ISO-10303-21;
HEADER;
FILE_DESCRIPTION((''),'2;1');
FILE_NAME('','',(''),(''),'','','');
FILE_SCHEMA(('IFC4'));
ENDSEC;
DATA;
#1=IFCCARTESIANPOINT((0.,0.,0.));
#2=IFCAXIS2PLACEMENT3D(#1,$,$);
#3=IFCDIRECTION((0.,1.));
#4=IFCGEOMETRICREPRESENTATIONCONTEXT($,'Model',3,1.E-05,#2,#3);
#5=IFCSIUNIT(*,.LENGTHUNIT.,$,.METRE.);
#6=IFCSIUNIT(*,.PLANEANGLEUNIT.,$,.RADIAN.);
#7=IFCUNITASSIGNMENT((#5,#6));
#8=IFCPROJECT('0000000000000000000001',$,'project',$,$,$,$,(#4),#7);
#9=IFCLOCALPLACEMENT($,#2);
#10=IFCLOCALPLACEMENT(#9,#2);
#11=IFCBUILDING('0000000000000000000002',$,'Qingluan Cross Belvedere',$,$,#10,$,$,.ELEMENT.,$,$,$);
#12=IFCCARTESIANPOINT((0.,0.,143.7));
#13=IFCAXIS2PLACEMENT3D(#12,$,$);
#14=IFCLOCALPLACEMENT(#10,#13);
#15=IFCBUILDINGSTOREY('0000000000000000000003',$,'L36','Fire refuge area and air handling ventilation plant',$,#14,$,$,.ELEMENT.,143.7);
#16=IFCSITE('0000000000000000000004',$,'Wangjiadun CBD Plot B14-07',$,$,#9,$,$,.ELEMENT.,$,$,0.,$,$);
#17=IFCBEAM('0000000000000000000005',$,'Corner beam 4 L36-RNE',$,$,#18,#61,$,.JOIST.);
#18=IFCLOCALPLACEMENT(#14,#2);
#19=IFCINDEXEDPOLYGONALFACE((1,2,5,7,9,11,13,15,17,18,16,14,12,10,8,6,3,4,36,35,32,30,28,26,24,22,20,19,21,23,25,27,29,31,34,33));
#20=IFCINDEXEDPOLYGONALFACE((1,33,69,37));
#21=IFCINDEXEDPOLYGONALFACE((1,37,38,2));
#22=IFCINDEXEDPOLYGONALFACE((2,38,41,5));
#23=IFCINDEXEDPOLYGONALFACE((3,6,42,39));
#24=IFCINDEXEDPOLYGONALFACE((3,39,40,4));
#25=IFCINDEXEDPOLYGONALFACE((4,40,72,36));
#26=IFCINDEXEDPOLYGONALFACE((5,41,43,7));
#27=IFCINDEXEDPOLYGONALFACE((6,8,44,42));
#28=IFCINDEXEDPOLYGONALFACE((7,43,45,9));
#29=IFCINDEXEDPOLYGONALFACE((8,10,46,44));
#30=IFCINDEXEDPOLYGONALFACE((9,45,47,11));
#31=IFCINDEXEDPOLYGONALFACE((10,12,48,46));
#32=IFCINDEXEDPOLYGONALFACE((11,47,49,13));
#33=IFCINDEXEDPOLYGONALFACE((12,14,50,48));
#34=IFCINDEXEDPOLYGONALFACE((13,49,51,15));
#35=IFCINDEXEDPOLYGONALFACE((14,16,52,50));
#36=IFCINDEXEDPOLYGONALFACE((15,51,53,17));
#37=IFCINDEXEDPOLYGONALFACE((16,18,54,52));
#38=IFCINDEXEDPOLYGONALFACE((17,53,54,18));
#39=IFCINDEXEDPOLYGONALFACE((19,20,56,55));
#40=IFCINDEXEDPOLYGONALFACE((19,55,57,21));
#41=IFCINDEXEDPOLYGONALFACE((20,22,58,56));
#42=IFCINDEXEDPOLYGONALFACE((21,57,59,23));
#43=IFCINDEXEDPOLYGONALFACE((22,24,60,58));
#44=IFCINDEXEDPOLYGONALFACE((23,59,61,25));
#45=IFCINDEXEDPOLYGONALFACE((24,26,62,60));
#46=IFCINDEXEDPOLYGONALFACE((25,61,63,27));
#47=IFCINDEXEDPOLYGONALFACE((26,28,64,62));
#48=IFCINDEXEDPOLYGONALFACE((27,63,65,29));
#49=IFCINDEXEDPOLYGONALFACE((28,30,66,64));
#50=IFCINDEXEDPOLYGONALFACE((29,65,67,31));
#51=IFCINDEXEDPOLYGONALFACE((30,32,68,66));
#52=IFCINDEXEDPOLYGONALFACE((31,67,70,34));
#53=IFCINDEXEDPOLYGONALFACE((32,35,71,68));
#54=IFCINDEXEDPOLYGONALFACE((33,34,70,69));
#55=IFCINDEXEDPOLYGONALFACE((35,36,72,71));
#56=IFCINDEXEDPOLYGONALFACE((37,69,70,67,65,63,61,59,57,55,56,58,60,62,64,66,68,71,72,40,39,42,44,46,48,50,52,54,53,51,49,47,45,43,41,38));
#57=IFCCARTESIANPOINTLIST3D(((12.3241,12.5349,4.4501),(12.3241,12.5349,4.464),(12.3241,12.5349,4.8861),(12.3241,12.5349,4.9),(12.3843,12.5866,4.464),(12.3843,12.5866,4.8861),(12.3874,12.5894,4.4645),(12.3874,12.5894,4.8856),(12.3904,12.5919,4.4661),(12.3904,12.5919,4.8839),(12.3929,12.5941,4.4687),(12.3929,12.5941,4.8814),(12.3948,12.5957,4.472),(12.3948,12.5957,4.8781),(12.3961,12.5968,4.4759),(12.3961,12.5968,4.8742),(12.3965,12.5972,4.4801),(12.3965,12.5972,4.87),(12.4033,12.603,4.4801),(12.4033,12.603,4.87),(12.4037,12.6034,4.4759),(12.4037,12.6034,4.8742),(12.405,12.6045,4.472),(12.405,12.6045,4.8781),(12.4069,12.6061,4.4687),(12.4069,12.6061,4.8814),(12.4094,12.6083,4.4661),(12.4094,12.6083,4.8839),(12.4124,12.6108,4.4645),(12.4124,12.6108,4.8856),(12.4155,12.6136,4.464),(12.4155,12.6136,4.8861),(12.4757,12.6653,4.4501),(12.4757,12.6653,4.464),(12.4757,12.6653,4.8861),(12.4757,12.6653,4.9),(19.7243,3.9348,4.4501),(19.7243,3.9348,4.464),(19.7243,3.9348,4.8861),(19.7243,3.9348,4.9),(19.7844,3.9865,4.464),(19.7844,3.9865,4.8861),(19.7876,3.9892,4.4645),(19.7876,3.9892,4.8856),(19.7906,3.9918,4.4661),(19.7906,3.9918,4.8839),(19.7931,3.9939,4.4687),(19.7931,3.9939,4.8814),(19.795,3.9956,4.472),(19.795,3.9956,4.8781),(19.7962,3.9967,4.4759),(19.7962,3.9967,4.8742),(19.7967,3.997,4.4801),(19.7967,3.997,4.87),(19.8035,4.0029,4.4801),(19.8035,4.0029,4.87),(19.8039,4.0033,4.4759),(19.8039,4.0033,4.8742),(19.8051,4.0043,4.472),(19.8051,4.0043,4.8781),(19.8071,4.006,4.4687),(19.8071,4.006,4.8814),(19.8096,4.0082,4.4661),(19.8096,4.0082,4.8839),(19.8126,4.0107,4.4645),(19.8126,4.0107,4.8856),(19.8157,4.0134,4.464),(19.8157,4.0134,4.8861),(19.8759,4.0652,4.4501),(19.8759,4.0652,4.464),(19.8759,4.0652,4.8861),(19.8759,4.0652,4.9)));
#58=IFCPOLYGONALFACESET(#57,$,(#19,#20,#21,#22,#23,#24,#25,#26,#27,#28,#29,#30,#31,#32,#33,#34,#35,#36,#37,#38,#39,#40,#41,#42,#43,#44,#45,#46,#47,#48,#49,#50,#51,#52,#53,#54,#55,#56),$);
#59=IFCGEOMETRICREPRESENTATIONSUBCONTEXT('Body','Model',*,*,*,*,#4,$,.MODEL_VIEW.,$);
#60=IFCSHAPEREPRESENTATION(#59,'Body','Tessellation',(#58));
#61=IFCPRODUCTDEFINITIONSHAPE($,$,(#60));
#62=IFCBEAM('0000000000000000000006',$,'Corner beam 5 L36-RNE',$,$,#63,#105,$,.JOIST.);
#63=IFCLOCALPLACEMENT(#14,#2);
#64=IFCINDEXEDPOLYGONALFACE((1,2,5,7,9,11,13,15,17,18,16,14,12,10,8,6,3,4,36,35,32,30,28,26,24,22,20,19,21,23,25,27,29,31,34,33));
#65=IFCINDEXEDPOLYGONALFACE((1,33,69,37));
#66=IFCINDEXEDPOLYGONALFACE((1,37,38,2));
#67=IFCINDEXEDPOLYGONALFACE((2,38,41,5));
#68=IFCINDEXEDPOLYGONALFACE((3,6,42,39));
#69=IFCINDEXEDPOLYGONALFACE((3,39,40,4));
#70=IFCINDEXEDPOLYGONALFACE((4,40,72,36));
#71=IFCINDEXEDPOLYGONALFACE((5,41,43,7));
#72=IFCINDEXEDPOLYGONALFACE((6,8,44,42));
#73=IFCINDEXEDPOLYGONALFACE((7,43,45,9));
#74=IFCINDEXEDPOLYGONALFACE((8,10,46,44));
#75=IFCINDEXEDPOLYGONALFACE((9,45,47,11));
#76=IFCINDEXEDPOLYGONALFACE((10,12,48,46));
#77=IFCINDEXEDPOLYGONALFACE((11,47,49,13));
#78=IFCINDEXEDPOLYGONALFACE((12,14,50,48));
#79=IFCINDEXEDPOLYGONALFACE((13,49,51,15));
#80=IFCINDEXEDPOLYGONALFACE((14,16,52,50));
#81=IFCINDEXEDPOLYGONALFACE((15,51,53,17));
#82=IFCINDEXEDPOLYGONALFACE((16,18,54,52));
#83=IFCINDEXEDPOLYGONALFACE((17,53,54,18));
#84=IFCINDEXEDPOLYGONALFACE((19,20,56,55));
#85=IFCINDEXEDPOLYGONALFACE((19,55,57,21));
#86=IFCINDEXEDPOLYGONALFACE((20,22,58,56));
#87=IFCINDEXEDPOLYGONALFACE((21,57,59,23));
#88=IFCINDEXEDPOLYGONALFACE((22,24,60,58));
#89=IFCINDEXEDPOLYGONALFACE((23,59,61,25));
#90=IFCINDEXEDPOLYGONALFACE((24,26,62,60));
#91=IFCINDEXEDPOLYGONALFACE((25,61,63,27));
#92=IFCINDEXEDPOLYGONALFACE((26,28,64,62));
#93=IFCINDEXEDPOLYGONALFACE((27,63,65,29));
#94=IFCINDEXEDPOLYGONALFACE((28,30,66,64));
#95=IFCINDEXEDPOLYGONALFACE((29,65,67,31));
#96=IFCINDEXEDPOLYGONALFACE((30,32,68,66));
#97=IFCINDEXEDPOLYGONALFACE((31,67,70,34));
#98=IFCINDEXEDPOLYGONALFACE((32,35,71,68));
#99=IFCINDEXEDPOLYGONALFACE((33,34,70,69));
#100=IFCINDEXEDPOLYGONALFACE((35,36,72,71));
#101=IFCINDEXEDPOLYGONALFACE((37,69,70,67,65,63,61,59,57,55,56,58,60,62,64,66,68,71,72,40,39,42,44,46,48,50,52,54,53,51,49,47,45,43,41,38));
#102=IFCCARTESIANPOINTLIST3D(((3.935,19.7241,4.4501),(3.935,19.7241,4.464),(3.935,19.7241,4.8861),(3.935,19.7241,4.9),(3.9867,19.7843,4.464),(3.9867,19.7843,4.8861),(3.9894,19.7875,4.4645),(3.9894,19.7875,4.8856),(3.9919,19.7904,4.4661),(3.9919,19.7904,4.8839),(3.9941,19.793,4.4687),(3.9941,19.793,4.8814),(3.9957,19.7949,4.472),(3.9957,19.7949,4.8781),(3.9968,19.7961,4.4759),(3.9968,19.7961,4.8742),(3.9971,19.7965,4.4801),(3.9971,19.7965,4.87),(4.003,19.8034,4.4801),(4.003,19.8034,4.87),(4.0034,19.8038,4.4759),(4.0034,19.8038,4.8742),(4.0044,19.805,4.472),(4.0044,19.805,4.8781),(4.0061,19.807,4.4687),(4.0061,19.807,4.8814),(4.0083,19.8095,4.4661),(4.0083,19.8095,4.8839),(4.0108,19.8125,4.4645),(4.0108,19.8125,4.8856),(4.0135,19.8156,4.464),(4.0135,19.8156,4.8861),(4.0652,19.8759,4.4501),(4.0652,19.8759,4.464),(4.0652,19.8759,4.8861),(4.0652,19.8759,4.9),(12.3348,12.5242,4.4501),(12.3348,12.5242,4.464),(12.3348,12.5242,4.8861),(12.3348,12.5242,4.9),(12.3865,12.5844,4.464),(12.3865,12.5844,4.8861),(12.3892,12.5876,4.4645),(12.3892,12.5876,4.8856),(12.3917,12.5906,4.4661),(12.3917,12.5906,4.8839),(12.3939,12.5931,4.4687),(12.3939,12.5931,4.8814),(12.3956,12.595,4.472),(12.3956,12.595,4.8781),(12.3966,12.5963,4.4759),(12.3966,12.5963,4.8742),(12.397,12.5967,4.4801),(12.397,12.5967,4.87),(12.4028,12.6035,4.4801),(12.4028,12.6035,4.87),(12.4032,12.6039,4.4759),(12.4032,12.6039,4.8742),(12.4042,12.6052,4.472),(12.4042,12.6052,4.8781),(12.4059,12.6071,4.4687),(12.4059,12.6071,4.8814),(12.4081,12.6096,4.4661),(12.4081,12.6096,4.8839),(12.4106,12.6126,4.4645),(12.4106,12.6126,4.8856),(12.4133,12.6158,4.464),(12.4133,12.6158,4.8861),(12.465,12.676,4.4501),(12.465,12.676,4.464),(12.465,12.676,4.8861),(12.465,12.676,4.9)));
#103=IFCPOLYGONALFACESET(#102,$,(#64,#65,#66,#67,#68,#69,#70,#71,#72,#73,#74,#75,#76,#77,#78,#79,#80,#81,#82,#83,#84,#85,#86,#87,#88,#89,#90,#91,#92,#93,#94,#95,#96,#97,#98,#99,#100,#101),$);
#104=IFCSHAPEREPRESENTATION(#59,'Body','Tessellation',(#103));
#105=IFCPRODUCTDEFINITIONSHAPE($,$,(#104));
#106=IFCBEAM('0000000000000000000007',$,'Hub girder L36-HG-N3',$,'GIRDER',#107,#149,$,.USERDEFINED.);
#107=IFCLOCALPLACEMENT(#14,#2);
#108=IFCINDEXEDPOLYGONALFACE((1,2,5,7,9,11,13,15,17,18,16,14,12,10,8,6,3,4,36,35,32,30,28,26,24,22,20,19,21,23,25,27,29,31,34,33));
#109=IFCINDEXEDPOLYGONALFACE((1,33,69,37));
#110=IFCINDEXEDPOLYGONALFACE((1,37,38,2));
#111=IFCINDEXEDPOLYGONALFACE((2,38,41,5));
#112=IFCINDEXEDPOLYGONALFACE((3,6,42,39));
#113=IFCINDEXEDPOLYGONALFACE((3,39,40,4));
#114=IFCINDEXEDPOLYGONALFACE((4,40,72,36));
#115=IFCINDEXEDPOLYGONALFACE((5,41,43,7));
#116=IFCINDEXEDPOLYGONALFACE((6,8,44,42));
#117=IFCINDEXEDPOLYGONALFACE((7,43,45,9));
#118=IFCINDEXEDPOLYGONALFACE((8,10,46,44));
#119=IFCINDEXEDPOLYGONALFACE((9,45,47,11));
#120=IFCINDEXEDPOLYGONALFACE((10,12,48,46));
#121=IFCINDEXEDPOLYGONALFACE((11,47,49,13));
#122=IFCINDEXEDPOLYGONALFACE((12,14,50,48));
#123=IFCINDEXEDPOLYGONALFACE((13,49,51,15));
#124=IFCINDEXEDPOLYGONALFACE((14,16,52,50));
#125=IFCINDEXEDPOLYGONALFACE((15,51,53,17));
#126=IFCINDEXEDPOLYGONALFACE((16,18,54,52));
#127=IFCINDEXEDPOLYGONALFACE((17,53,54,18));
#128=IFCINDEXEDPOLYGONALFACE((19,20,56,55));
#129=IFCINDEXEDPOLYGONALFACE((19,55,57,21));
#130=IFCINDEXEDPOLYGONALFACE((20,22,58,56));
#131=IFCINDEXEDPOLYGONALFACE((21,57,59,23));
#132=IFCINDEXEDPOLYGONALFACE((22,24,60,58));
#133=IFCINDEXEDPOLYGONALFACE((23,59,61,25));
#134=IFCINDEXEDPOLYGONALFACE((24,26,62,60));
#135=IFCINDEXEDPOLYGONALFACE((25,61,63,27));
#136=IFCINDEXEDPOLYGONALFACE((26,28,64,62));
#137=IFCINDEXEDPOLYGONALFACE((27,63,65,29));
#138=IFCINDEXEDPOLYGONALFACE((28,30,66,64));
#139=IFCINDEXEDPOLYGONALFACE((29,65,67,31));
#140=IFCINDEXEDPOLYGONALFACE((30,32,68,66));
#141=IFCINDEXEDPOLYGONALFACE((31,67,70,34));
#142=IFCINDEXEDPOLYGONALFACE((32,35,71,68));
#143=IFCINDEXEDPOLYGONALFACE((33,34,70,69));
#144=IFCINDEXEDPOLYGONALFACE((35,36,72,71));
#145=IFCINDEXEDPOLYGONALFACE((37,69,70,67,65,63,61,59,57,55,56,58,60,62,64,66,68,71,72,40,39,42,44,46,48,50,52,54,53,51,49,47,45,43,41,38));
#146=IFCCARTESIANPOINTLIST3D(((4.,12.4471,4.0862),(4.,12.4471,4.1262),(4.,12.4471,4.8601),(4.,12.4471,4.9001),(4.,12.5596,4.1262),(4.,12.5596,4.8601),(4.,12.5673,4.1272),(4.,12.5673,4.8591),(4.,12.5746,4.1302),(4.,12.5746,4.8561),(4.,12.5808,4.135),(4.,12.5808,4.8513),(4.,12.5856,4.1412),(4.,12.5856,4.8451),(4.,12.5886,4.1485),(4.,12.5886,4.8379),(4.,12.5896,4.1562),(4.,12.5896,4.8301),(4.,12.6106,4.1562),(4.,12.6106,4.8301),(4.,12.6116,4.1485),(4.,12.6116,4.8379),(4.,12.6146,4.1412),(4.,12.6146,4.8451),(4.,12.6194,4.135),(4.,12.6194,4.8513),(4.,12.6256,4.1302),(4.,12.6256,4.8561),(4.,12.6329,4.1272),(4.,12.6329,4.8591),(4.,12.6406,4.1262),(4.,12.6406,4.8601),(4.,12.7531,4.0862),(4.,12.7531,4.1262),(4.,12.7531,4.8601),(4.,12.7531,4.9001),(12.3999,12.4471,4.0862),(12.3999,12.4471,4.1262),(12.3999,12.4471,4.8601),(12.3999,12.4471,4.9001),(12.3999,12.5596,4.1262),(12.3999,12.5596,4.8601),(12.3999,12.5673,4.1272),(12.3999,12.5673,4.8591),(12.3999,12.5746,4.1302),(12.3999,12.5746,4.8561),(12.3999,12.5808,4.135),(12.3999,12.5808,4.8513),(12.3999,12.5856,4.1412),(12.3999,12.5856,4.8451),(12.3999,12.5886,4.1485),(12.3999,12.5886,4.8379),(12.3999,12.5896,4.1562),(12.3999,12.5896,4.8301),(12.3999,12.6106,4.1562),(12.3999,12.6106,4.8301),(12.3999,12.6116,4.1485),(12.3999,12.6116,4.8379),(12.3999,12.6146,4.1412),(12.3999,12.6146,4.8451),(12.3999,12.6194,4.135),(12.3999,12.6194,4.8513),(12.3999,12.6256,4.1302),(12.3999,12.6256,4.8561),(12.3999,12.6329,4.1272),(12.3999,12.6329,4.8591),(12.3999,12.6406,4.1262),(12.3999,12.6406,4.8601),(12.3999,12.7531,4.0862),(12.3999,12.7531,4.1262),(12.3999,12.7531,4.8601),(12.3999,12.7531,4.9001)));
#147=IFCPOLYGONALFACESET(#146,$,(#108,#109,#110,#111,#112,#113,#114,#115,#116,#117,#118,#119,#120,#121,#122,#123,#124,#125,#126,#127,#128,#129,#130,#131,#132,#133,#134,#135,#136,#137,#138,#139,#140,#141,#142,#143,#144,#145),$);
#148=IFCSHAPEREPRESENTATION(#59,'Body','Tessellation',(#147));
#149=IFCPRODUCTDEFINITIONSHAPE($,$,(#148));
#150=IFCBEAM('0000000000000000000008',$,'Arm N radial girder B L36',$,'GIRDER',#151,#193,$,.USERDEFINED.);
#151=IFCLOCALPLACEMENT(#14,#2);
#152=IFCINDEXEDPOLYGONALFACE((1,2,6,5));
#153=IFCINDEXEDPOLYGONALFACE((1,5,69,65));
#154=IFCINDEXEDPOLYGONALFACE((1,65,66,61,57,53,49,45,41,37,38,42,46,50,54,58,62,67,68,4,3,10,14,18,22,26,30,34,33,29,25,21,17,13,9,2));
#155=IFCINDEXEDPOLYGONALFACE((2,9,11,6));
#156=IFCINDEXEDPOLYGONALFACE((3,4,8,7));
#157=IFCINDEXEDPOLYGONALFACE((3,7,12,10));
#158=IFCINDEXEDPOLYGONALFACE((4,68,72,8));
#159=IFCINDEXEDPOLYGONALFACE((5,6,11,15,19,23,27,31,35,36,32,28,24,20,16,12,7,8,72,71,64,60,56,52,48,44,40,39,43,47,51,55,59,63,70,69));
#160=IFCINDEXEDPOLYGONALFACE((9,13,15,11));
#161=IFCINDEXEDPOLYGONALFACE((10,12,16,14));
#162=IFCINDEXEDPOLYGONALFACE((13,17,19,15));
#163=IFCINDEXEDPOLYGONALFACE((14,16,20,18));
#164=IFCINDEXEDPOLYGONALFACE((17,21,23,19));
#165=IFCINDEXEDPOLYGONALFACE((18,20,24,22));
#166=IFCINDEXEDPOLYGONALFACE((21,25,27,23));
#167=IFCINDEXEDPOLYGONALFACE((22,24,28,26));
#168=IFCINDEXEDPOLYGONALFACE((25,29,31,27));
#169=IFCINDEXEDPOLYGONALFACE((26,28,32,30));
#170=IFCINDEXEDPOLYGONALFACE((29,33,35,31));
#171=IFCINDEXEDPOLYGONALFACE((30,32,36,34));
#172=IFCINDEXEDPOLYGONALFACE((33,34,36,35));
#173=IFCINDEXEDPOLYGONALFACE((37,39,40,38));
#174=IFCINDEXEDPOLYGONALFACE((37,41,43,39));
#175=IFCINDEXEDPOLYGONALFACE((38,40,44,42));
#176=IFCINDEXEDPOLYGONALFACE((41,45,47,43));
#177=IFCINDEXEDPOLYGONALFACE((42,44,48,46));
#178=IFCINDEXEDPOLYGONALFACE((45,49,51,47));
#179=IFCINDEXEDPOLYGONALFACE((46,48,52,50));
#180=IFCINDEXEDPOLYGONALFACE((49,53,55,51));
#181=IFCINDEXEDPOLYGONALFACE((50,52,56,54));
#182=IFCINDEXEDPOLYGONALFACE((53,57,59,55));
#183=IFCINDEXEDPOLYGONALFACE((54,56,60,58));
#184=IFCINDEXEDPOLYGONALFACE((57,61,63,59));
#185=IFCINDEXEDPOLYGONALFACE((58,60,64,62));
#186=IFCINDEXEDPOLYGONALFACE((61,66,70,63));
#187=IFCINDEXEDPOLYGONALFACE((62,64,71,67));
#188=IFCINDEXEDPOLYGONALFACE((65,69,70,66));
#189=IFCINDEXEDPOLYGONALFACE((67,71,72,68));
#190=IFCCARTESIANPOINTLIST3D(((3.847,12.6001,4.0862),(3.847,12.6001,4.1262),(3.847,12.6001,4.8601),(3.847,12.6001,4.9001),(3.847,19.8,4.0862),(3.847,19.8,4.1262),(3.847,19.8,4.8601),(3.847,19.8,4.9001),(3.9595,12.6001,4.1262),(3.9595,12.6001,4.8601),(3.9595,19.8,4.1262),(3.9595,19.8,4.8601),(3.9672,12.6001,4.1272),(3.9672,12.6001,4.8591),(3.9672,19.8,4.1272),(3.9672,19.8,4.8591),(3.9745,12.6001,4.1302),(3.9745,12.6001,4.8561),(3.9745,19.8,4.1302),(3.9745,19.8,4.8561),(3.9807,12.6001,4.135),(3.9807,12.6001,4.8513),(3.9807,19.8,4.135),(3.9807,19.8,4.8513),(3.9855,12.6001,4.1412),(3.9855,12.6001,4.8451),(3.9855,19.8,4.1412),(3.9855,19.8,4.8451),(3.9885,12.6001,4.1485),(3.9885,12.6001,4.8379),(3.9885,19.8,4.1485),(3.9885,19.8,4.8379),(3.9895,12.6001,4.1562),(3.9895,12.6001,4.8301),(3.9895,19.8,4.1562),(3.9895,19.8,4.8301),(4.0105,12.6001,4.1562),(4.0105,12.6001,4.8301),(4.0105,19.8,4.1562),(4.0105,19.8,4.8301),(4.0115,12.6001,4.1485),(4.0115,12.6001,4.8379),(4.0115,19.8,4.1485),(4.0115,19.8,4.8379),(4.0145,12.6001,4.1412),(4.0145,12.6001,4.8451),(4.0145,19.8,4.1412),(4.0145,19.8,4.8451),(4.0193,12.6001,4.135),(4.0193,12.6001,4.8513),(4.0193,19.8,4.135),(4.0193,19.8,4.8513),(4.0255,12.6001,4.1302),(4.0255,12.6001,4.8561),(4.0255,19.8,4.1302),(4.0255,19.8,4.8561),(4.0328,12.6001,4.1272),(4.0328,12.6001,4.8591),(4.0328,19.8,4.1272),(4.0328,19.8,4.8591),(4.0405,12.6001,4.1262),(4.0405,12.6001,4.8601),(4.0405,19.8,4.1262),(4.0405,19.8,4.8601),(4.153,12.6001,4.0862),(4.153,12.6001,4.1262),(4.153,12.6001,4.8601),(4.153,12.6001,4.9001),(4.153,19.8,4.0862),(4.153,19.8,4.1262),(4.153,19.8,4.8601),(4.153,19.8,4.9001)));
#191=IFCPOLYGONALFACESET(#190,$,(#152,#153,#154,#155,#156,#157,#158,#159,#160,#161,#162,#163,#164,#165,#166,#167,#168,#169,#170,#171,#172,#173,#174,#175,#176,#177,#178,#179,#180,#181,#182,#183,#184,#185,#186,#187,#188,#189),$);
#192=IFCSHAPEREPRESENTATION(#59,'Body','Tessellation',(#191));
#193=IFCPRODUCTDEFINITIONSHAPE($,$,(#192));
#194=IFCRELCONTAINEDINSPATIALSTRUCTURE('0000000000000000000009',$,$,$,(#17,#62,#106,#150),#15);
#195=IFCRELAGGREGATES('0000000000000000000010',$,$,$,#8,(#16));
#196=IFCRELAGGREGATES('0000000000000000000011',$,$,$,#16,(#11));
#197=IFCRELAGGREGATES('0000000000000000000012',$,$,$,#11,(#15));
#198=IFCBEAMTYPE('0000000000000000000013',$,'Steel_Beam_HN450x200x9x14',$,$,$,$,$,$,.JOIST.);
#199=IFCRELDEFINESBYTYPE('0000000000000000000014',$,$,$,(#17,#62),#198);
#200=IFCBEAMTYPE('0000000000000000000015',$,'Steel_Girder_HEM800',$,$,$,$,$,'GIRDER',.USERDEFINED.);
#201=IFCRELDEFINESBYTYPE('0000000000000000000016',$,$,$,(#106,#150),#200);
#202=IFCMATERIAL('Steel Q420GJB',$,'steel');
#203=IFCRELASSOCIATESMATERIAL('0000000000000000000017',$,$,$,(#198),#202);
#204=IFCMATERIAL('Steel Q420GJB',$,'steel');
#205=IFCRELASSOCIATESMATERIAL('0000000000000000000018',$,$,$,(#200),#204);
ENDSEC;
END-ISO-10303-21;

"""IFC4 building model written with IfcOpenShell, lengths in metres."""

from ifc_helpers import new_model, si_unit, direction, frame, origin, origin_2d, place, context, subcontext, project, spatial, i_section, extrude, material, material_profile, profile_set, type_object, element, save


model = new_model("IFC4")

# Units and contexts
model_context = context("Model", 3, precision=1e-05, world=origin(), true_north=direction((0.0, 1.0)))
body_context = subcontext(model_context, "Body", "Model", "MODEL_VIEW")
ifc_project = project(units=[si_unit("LENGTHUNIT", "METRE"), si_unit("PLANEANGLEUNIT", "RADIAN")], contexts=[model_context])

# Site, building, storey
site_placement = place(None, origin())
site = spatial("IfcSite", under=ifc_project, at=site_placement, Name="Wangjiadun CBD Plot B14-07", CompositionType="ELEMENT", RefElevation=0.0)
building_placement = place(site_placement, origin())
building = spatial("IfcBuilding", under=site, at=building_placement, Name="Qingluan Cross Belvedere", CompositionType="ELEMENT")
storey_placement = place(building_placement, frame((0.0, 0.0, 143.7)))
storey = spatial("IfcBuildingStorey", under=building, at=storey_placement, Name="L36", Description="Fire refuge area and air handling ventilation plant", CompositionType="ELEMENT", Elevation=143.7)

# Beams
ifc_material_1 = material(Name="Steel Q420GJB", Category="steel")
ifc_material_profile_1 = material_profile(ifc_material_1, i_section(OverallWidth=0.2, OverallDepth=0.45, WebThickness=0.009, FlangeThickness=0.0139, FilletRadius=0.0161, at=origin_2d()), Name="HN450x200x9x14")
ifc_profile_set_1 = profile_set([ifc_material_profile_1], Name="Steel Q420GJB")
beam_type_1 = type_object("IfcBeamType", Name="Steel_Beam_HN450x200x9x14", PredefinedType="JOIST", material=ifc_profile_set_1)
beam_1_placement = place(storey_placement, frame((12.3999, 12.6001, 4.675), z_axis=(0.652245, -0.758008, 0.0), x_axis=(0.758008, 0.652245, 0.0)))
element("IfcBeam", 1, at=beam_1_placement, inside=storey, type_object=beam_type_1, Name="Corner beam 4 L36-RNE", PredefinedType="JOIST", context=body_context, shape_type="SweptSolid", body=[
    extrude(i_section(OverallWidth=0.2, OverallDepth=0.45, WebThickness=0.009, FlangeThickness=0.0139, FilletRadius=0.0161, at=origin_2d()), origin(), (0.0, 0.0, 1.0), 11.3457),
])
beam_2_placement = place(storey_placement, frame((12.3999, 12.6001, 4.675), z_axis=(-0.759255, 0.650793, 0.0), x_axis=(-0.650793, -0.759255, 0.0)))
element("IfcBeam", 2, at=beam_2_placement, inside=storey, type_object=beam_type_1, Name="Corner beam 5 L36-RNE", PredefinedType="JOIST", context=body_context, shape_type="SweptSolid", body=[
    extrude(i_section(OverallWidth=0.2, OverallDepth=0.45, WebThickness=0.009, FlangeThickness=0.0139, FilletRadius=0.0161, at=origin_2d()), origin(), (0.0, 0.0, 1.0), 11.0632),
])
ifc_material_2 = material(Name="Steel Q420GJB", Category="steel")
ifc_material_profile_2 = material_profile(ifc_material_2, i_section(OverallWidth=0.3059, OverallDepth=0.814, WebThickness=0.021, FlangeThickness=0.04, FilletRadius=0.03, at=origin_2d()), Name="HEM800")
ifc_profile_set_2 = profile_set([ifc_material_profile_2], Name="Steel Q420GJB")
beam_type_2 = type_object("IfcBeamType", Name="Steel_Girder_HEM800", ElementType="GIRDER", PredefinedType="USERDEFINED", material=ifc_profile_set_2)
beam_3_placement = place(storey_placement, frame((4.0, 12.6001, 4.4932), z_axis=(1.0, 0.0, 0.0), x_axis=(0.0, 1.0, 0.0)))
element("IfcBeam", 3, at=beam_3_placement, inside=storey, type_object=beam_type_2, Name="Hub girder L36-HG-N3", ObjectType="GIRDER", PredefinedType="USERDEFINED", context=body_context, shape_type="SweptSolid", body=[
    extrude(i_section(OverallWidth=0.3059, OverallDepth=0.814, WebThickness=0.021, FlangeThickness=0.04, FilletRadius=0.03, at=origin_2d()), origin(), (0.0, 0.0, 1.0), 8.3999),
])
beam_4_placement = place(storey_placement, frame((4.0, 12.6001, 4.4932), z_axis=(0.0, 1.0, 0.0), x_axis=(-1.0, 0.0, 0.0)))
element("IfcBeam", 4, at=beam_4_placement, inside=storey, type_object=beam_type_2, Name="Arm N radial girder B L36", ObjectType="GIRDER", PredefinedType="USERDEFINED", context=body_context, shape_type="SweptSolid", body=[
    extrude(i_section(OverallWidth=0.3059, OverallDepth=0.814, WebThickness=0.021, FlangeThickness=0.04, FilletRadius=0.03, at=origin_2d()), origin(), (0.0, 0.0, 1.0), 7.2),
])

save(model, "model.ifc")
